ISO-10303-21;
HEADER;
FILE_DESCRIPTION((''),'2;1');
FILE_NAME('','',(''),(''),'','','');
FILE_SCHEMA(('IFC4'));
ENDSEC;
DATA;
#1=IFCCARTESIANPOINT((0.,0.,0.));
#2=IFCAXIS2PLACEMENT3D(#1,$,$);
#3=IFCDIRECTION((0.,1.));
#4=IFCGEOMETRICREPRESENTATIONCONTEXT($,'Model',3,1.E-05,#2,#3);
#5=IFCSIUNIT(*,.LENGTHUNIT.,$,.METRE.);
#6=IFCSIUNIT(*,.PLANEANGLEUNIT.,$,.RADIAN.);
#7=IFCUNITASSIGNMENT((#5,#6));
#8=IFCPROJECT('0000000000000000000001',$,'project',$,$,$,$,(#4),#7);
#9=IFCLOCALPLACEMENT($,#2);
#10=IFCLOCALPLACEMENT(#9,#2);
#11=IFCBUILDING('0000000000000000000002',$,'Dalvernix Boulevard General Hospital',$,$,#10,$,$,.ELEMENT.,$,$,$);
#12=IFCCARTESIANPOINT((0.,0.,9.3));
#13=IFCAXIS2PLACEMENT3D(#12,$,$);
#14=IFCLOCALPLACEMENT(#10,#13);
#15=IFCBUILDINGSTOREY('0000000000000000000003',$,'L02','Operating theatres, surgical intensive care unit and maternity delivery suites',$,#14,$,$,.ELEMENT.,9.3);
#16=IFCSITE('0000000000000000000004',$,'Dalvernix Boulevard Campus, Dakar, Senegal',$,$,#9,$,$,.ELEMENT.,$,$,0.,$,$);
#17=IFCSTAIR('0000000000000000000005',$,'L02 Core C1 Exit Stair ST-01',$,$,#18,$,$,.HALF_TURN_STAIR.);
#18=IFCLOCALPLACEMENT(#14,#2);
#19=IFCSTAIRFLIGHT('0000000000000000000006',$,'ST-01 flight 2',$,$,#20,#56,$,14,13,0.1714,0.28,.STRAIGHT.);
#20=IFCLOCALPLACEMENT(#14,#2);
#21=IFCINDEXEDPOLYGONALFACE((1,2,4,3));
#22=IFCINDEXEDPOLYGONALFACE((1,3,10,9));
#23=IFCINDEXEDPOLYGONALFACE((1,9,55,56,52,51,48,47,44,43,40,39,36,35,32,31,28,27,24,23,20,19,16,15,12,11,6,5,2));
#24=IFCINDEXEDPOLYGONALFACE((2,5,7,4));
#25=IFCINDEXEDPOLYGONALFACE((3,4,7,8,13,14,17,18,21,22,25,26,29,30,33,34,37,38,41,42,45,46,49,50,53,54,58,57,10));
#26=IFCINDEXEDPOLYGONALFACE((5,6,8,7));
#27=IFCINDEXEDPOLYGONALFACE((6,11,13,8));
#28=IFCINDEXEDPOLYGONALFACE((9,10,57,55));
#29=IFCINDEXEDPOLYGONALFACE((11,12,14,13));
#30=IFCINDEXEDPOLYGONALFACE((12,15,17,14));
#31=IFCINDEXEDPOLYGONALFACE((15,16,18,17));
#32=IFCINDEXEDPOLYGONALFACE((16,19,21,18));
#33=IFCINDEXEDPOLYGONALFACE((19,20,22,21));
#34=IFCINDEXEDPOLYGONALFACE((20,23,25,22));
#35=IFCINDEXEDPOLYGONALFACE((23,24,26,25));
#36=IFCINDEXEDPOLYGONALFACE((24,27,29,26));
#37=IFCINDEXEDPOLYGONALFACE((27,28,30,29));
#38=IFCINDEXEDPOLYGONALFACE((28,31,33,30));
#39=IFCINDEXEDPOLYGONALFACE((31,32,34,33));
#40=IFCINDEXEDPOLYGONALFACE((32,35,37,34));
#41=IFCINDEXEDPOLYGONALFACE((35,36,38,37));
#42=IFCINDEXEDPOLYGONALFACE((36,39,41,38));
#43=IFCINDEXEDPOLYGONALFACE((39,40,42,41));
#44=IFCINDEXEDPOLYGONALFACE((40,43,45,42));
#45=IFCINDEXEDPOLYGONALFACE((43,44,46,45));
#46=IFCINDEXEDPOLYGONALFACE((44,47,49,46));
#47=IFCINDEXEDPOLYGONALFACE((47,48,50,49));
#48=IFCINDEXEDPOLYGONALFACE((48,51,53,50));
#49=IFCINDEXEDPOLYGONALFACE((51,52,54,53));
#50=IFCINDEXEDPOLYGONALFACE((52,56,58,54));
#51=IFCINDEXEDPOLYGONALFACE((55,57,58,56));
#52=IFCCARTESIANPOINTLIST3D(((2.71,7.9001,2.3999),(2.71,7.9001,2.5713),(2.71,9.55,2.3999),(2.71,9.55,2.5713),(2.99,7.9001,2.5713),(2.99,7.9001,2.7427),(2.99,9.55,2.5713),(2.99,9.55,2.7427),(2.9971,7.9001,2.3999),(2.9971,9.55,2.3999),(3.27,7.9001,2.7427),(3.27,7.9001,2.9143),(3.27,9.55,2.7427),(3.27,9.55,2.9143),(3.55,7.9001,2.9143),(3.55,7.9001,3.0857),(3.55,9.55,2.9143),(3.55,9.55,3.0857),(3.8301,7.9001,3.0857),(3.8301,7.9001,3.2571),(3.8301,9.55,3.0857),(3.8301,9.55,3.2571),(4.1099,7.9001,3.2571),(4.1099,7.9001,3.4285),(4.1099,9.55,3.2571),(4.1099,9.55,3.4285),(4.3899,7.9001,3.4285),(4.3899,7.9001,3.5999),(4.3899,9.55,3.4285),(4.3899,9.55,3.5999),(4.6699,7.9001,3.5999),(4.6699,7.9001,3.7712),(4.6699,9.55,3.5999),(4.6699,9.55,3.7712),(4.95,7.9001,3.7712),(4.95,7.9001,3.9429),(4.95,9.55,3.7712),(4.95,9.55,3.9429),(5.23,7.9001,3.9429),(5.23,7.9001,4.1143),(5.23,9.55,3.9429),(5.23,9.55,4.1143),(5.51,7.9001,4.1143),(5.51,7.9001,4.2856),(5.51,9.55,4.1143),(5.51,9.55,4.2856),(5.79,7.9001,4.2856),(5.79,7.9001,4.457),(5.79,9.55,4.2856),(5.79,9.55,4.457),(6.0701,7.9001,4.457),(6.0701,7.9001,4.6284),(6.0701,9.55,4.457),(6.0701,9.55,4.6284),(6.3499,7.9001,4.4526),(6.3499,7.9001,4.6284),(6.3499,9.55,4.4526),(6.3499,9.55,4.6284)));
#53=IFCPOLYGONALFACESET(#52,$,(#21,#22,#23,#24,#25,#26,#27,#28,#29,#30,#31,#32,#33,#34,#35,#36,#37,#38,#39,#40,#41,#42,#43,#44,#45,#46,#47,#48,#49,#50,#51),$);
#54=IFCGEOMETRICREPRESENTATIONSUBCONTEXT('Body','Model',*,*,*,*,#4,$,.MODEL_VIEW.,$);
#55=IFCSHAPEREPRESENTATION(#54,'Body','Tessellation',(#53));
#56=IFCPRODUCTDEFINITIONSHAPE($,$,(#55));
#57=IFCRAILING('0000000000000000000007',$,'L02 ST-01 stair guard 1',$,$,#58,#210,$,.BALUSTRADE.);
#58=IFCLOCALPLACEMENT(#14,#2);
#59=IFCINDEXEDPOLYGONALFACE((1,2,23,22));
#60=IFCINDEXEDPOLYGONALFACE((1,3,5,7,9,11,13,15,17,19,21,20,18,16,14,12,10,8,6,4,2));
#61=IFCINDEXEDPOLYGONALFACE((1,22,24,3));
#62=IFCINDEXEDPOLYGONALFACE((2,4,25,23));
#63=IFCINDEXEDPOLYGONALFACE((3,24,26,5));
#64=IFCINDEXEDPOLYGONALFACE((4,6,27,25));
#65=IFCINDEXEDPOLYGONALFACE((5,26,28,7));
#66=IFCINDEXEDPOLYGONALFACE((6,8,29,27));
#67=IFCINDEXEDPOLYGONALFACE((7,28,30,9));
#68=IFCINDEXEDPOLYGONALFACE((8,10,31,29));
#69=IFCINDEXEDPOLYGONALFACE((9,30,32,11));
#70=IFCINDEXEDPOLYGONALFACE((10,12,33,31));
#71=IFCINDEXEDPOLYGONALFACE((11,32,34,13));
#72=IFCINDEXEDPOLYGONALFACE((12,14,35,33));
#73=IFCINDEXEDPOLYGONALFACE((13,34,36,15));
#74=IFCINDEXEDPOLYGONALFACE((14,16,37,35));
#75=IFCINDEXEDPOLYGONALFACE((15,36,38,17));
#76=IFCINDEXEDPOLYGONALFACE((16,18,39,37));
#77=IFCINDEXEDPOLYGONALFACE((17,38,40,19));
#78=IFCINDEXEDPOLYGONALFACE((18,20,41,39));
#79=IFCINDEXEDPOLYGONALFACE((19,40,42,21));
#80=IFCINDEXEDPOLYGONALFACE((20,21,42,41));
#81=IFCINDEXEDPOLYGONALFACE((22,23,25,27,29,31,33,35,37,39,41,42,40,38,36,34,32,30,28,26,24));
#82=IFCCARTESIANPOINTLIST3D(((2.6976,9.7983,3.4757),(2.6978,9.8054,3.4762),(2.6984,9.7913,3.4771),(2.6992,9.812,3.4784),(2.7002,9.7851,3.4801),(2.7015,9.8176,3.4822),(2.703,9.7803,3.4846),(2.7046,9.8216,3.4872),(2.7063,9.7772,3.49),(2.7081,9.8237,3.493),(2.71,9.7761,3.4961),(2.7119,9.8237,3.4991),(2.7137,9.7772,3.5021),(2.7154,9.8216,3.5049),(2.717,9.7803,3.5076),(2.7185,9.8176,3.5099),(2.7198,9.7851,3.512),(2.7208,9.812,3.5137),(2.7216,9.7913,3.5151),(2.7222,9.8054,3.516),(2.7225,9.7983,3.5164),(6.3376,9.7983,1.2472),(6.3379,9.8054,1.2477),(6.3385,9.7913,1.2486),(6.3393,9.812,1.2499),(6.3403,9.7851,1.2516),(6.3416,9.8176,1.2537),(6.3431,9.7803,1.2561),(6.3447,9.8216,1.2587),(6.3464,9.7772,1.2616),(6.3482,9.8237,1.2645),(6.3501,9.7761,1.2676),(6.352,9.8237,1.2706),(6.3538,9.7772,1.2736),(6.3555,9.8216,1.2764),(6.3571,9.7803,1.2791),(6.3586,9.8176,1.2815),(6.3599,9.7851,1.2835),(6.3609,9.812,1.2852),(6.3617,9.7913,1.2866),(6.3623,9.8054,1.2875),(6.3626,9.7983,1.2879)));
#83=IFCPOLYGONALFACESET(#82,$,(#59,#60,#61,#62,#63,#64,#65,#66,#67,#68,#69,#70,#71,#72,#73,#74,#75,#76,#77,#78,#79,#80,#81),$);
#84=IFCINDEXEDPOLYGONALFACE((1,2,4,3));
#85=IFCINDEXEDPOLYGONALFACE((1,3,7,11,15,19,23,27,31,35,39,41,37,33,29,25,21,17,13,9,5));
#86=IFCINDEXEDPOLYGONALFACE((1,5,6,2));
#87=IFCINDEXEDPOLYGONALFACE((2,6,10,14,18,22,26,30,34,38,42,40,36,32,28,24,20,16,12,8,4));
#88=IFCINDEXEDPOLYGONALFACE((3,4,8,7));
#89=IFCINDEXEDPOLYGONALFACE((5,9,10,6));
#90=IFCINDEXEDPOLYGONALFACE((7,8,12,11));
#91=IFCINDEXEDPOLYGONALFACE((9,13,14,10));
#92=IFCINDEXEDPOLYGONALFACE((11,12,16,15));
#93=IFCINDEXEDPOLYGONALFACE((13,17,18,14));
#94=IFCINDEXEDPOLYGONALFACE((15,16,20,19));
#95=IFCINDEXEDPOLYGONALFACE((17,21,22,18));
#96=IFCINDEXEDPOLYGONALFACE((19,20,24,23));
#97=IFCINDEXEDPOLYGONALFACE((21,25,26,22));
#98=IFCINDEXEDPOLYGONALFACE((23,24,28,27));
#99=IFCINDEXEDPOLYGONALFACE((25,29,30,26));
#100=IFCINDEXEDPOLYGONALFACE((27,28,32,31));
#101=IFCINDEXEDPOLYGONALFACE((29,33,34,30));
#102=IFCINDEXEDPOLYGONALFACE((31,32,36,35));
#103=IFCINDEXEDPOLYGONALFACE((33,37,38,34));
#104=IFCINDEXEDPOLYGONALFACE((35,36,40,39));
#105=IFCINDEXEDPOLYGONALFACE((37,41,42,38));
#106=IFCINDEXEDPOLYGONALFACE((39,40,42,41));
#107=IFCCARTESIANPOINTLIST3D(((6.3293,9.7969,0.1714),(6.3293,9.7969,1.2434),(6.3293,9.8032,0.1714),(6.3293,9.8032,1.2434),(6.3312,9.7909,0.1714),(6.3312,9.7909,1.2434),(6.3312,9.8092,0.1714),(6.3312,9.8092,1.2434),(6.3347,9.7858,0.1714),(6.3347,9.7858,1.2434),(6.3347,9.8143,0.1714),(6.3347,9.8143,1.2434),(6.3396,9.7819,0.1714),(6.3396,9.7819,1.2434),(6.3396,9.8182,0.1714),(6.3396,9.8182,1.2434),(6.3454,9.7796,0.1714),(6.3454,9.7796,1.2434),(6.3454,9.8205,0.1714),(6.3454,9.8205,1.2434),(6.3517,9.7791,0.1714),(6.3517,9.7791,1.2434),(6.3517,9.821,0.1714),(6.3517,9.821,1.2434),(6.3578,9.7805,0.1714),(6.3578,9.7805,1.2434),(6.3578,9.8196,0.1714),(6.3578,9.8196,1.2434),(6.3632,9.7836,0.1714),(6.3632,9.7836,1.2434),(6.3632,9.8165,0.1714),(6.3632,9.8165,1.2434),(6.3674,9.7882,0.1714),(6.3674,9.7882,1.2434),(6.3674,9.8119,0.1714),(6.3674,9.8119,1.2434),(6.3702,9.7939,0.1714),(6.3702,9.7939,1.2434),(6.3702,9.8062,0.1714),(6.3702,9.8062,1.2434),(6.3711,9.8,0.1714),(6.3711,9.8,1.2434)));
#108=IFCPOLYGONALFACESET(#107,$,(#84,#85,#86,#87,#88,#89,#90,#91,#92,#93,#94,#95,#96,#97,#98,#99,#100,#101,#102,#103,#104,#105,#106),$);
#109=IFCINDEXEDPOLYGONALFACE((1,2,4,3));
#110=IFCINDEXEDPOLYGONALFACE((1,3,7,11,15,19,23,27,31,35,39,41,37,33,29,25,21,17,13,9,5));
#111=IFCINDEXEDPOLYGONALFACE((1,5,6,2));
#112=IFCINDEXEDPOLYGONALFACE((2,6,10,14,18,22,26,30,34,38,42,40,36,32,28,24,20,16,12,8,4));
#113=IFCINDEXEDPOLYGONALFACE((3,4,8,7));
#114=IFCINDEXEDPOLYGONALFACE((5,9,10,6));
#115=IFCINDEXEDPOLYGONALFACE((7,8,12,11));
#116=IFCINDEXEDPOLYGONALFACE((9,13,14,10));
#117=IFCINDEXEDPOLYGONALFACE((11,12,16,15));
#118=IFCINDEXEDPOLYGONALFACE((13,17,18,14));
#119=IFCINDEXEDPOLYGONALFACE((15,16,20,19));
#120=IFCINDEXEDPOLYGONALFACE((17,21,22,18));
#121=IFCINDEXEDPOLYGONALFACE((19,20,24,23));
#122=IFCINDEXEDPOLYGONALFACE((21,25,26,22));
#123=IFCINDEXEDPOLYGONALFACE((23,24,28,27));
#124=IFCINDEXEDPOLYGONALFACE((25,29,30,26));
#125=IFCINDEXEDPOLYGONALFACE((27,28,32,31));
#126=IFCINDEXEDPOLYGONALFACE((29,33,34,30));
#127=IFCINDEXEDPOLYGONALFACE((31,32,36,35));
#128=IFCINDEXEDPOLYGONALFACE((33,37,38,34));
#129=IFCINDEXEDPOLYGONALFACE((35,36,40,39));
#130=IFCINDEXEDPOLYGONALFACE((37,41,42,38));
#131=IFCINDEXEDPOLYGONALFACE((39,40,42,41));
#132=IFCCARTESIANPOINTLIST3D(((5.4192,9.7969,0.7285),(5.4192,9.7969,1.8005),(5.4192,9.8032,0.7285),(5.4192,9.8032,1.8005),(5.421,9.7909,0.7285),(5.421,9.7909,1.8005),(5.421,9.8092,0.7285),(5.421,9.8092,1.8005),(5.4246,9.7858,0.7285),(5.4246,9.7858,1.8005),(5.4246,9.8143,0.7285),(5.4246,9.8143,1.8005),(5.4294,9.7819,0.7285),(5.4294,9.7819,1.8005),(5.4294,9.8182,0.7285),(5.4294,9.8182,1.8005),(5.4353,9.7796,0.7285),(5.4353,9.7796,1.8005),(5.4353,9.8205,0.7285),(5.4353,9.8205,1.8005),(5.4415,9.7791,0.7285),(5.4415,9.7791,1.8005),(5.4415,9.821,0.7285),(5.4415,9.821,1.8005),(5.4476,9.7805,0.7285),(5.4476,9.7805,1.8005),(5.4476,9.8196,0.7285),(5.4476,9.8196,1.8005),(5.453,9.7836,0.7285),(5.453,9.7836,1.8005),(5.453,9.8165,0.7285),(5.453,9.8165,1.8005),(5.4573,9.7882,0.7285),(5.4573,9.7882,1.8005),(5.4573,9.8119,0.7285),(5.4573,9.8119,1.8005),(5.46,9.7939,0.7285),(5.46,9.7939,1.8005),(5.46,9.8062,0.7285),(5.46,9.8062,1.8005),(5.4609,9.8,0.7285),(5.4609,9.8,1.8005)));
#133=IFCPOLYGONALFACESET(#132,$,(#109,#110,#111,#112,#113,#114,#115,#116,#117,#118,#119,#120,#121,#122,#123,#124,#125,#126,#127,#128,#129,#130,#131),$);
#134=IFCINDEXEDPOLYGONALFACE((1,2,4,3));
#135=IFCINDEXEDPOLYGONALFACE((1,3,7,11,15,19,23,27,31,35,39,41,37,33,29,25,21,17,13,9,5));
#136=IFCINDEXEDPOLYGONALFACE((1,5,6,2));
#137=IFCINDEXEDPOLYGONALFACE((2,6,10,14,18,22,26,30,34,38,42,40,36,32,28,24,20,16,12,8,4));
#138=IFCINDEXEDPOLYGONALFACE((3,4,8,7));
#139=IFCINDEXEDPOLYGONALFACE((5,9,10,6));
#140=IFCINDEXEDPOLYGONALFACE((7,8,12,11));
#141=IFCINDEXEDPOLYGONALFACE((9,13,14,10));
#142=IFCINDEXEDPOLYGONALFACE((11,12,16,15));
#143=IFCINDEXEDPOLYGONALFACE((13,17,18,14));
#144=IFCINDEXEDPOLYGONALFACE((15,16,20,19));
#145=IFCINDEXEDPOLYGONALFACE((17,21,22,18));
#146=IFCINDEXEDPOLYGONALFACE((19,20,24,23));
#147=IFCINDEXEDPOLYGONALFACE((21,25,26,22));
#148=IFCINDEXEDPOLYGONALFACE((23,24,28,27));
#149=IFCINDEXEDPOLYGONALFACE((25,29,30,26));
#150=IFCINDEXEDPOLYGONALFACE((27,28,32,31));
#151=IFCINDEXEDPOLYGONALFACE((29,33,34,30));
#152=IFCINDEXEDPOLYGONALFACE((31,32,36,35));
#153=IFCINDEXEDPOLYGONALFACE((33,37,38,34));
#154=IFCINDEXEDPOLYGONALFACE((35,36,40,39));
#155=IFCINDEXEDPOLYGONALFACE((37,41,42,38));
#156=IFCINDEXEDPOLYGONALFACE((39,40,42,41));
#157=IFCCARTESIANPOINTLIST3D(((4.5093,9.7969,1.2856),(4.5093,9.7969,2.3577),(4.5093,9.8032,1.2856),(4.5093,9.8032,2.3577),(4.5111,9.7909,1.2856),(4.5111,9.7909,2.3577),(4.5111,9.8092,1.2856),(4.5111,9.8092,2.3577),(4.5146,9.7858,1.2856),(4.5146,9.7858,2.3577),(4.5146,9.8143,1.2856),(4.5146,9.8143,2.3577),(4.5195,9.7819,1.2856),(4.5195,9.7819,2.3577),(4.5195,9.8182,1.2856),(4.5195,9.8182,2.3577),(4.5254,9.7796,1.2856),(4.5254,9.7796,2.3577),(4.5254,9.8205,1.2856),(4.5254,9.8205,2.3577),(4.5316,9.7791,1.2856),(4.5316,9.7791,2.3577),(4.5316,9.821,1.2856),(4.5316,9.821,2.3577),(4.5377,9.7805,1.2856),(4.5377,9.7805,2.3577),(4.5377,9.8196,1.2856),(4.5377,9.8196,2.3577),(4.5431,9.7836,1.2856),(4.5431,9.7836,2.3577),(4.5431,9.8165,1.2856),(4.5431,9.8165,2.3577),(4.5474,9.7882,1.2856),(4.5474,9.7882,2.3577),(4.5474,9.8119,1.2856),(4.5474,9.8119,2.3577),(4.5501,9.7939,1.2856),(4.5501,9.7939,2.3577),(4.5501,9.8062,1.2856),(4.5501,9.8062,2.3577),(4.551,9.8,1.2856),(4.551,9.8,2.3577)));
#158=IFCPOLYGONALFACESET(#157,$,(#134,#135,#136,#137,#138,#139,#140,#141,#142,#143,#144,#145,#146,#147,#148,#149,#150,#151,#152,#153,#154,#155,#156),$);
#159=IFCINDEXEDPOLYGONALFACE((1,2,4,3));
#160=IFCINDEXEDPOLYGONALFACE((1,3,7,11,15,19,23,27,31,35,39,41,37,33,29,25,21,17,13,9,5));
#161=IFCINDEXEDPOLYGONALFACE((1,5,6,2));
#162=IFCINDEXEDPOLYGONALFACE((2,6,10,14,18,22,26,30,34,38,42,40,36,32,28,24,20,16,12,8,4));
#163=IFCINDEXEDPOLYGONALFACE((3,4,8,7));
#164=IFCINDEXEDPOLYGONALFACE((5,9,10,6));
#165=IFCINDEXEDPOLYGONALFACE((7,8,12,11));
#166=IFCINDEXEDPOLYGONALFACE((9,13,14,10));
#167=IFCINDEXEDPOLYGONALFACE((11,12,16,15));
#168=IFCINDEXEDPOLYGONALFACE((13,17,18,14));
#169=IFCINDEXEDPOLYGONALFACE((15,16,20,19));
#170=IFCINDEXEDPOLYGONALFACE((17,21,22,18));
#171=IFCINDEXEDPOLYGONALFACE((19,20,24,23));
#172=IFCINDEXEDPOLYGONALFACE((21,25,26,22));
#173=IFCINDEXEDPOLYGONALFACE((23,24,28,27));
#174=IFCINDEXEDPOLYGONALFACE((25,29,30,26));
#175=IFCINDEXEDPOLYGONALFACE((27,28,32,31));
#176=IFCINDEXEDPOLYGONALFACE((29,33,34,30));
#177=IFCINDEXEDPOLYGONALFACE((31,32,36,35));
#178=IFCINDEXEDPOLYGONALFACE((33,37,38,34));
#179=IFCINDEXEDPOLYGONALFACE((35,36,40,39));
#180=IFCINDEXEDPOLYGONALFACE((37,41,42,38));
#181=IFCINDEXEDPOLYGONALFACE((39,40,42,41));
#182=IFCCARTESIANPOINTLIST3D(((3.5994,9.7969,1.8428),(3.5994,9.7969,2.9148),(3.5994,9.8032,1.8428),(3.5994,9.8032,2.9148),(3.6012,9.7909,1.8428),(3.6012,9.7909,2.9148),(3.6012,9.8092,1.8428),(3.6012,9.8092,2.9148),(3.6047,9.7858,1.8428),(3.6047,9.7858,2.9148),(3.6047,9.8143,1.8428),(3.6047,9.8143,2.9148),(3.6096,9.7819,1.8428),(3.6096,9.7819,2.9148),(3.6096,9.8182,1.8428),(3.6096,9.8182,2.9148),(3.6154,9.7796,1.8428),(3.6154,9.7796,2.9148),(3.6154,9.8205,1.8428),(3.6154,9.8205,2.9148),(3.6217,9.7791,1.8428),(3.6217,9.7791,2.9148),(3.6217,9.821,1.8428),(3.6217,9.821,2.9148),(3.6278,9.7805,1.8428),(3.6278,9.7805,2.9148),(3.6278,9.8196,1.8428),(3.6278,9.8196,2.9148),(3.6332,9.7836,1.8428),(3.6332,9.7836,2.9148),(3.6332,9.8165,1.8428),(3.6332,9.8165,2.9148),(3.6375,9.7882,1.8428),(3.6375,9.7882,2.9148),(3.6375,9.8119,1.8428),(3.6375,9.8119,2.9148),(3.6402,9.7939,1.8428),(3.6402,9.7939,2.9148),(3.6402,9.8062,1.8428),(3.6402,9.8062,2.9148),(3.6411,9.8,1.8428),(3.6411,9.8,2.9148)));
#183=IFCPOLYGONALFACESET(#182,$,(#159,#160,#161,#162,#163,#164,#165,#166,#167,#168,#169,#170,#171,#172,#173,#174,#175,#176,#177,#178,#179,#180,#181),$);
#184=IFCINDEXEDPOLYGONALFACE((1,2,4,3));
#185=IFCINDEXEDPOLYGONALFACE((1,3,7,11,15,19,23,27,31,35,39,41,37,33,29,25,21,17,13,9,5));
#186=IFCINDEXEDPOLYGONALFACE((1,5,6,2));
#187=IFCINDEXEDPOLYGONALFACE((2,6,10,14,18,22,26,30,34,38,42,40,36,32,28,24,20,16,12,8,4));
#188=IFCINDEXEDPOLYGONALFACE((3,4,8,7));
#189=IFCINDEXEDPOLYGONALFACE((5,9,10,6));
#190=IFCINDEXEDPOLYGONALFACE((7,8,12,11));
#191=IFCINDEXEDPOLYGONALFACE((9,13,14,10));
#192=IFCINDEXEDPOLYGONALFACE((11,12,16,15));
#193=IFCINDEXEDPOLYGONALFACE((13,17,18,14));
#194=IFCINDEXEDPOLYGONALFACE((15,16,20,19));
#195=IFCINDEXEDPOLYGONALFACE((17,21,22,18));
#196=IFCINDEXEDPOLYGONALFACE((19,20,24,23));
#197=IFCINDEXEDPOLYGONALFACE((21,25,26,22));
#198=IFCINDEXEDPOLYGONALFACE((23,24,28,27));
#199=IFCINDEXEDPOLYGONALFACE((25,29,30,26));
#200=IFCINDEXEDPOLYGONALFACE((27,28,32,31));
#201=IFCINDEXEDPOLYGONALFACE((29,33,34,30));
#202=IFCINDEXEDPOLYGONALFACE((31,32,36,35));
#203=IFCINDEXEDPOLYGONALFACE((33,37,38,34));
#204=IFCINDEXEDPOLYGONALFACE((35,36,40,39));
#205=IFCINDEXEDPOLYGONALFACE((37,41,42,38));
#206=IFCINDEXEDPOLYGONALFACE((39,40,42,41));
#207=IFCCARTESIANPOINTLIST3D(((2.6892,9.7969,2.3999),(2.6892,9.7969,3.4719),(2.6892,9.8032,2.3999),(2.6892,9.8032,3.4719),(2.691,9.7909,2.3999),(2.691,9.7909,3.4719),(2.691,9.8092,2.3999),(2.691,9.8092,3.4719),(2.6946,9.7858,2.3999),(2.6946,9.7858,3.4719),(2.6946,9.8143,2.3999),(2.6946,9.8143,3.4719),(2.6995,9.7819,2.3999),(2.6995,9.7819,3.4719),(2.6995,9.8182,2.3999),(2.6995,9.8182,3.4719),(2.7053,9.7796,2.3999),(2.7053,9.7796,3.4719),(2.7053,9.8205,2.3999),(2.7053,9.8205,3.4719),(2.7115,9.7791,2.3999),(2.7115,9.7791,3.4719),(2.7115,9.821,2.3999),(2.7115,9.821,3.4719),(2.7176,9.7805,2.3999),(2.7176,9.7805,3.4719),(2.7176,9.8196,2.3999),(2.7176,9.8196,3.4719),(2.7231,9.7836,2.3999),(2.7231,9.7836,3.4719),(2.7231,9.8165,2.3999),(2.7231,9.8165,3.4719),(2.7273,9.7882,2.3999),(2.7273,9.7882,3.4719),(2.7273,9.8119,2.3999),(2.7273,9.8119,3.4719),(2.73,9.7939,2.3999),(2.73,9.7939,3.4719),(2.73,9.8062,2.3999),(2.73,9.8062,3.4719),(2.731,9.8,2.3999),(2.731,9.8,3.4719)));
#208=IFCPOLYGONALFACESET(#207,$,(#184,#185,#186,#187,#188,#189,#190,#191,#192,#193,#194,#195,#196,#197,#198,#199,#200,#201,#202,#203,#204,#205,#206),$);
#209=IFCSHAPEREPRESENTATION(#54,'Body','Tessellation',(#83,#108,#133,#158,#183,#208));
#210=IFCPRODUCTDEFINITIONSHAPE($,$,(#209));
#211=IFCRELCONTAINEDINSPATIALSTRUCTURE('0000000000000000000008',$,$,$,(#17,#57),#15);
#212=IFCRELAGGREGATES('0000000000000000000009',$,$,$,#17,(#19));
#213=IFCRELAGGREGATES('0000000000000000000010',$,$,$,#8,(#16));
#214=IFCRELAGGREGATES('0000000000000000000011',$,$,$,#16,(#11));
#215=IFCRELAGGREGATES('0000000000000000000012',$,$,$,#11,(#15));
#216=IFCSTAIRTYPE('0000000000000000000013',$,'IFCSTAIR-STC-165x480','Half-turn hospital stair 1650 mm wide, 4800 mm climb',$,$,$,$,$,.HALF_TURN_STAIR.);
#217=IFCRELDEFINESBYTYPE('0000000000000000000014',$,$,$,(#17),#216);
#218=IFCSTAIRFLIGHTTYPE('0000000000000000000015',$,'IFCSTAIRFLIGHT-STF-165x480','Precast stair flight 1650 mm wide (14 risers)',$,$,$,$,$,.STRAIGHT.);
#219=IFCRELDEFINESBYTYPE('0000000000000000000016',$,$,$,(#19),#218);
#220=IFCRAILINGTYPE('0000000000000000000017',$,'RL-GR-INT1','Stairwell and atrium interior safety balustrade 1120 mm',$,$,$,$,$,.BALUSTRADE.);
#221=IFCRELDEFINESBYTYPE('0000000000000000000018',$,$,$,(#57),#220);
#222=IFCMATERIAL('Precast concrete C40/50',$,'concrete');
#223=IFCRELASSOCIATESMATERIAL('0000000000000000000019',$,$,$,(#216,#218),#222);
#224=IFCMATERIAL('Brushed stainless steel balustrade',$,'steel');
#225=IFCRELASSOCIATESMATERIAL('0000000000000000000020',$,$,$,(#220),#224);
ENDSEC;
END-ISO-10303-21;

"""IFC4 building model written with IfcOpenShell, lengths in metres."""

from ifc_helpers import new_model, si_unit, direction, frame, origin, origin_2d, place, context, subcontext, project, spatial, polyline, circle, outline, extrude, material, type_object, element, aggregate, save


model = new_model("IFC4")

# Units and contexts
model_context = context("Model", 3, precision=1e-05, world=origin(), true_north=direction((0.0, 1.0)))
body_context = subcontext(model_context, "Body", "Model", "MODEL_VIEW")
ifc_project = project(units=[si_unit("LENGTHUNIT", "METRE"), si_unit("PLANEANGLEUNIT", "RADIAN")], contexts=[model_context])

# Site, building, storey
site_placement = place(None, origin())
site = spatial("IfcSite", under=ifc_project, at=site_placement, Name="Dalvernix Boulevard Campus, Dakar, Senegal", CompositionType="ELEMENT", RefElevation=0.0)
building_placement = place(site_placement, origin())
building = spatial("IfcBuilding", under=site, at=building_placement, Name="Dalvernix Boulevard General Hospital", CompositionType="ELEMENT")
storey_placement = place(building_placement, frame((0.0, 0.0, 9.3)))
storey = spatial("IfcBuildingStorey", under=building, at=storey_placement, Name="L02", Description="Operating theatres, surgical intensive care unit and maternity delivery suites", CompositionType="ELEMENT", Elevation=9.3)

# Stair, stair flight
ifc_material_1 = material(Name="Precast concrete C40/50", Category="concrete")
stair_type = type_object("IfcStairType", Name="IFCSTAIR-STC-165x480", Description="Half-turn hospital stair 1650 mm wide, 4800 mm climb", PredefinedType="HALF_TURN_STAIR", material=ifc_material_1)
stair_placement = place(storey_placement, origin())
stair = element("IfcStair", 1, at=stair_placement, inside=storey, type_object=stair_type, Name="L02 Core C1 Exit Stair ST-01", PredefinedType="HALF_TURN_STAIR")
stair_flight_type = type_object("IfcStairFlightType", Name="IFCSTAIRFLIGHT-STF-165x480", Description="Precast stair flight 1650 mm wide (14 risers)", PredefinedType="STRAIGHT", material=ifc_material_1)
stair_flight_1_placement = place(storey_placement, frame((2.71, 8.7251, 2.3999), z_axis=(0.0, 0.0, 1.0), x_axis=(1.0, 0.0, 0.0)))
stair_flight_1 = element("IfcStairFlight", 2, at=stair_flight_1_placement, type_object=stair_flight_type, Name="ST-01 flight 2", NumberOfRisers=14, NumberOfTreads=13, PredefinedType="STRAIGHT", RiserHeight=0.1714, TreadLength=0.28, context=body_context, shape_type="SweptSolid", body=[
    extrude(outline(polyline([(0.0, 0.0), (0.0, 0.1714), (0.28, 0.1714), (0.28, 0.3428), (0.5601, 0.3428), (0.5601, 0.5144), (0.8401, 0.5144), (0.8401, 0.6858), (1.1201, 0.6858), (1.1201, 0.8572), (1.3999, 0.8572), (1.3999, 1.0286), (1.6799, 1.0286), (1.6799, 1.2), (1.96, 1.2), (1.96, 1.3713), (2.24, 1.3713), (2.24, 1.543), (2.52, 1.543), (2.52, 1.7144), (2.8, 1.7144), (2.8, 1.8857), (3.0801, 1.8857), (3.0801, 2.0571), (3.3601, 2.0571), (3.3601, 2.2285), (3.6399, 2.2285), (3.6399, 2.3999), (3.6399, 2.0527), (0.2871, 0.0), (0.0, 0.0)])), frame((0.0, 0.825, 0.0), z_axis=(0.0, -1.0, 0.0), x_axis=(1.0, 0.0, 0.0)), (0.0, 0.0, 1.0), 1.6499),
])
aggregate(stair, [stair_flight_1])

# Railing
ifc_material_2 = material(Name="Brushed stainless steel balustrade", Category="steel")
railing_type_1 = type_object("IfcRailingType", Name="RL-GR-INT1", Description="Stairwell and atrium interior safety balustrade 1120 mm", PredefinedType="BALUSTRADE", material=ifc_material_2)
railing_1_placement = place(storey_placement, frame((6.3501, 9.8, 0.1714)))
element("IfcRailing", 3, at=railing_1_placement, inside=storey, type_object=railing_type_1, Name="L02 ST-01 stair guard 1", PredefinedType="BALUSTRADE", context=body_context, shape_type="SweptSolid", body=[
    extrude(circle(Radius=0.0239, at=origin_2d()), frame((0.0, 0.0, 1.0962), z_axis=(-0.852866, 0.0, 0.52213), x_axis=(0.0, -1.0, 0.0)), (0.0, 0.0, 1.0), 4.2681),
    extrude(circle(Radius=0.021, at=origin_2d()), origin(), (0.0, 0.0, 1.0), 1.072),
    extrude(circle(Radius=0.021, at=origin_2d()), frame((-0.9102, 0.0, 0.5571)), (0.0, 0.0, 1.0), 1.072),
    extrude(circle(Radius=0.021, at=origin_2d()), frame((-1.8201, 0.0, 1.1143)), (0.0, 0.0, 1.0), 1.072),
    extrude(circle(Radius=0.021, at=origin_2d()), frame((-2.73, 0.0, 1.6714)), (0.0, 0.0, 1.0), 1.072),
    extrude(circle(Radius=0.021, at=origin_2d()), frame((-3.6401, 0.0, 2.2285)), (0.0, 0.0, 1.0), 1.072),
])

save(model, "model.ifc")
